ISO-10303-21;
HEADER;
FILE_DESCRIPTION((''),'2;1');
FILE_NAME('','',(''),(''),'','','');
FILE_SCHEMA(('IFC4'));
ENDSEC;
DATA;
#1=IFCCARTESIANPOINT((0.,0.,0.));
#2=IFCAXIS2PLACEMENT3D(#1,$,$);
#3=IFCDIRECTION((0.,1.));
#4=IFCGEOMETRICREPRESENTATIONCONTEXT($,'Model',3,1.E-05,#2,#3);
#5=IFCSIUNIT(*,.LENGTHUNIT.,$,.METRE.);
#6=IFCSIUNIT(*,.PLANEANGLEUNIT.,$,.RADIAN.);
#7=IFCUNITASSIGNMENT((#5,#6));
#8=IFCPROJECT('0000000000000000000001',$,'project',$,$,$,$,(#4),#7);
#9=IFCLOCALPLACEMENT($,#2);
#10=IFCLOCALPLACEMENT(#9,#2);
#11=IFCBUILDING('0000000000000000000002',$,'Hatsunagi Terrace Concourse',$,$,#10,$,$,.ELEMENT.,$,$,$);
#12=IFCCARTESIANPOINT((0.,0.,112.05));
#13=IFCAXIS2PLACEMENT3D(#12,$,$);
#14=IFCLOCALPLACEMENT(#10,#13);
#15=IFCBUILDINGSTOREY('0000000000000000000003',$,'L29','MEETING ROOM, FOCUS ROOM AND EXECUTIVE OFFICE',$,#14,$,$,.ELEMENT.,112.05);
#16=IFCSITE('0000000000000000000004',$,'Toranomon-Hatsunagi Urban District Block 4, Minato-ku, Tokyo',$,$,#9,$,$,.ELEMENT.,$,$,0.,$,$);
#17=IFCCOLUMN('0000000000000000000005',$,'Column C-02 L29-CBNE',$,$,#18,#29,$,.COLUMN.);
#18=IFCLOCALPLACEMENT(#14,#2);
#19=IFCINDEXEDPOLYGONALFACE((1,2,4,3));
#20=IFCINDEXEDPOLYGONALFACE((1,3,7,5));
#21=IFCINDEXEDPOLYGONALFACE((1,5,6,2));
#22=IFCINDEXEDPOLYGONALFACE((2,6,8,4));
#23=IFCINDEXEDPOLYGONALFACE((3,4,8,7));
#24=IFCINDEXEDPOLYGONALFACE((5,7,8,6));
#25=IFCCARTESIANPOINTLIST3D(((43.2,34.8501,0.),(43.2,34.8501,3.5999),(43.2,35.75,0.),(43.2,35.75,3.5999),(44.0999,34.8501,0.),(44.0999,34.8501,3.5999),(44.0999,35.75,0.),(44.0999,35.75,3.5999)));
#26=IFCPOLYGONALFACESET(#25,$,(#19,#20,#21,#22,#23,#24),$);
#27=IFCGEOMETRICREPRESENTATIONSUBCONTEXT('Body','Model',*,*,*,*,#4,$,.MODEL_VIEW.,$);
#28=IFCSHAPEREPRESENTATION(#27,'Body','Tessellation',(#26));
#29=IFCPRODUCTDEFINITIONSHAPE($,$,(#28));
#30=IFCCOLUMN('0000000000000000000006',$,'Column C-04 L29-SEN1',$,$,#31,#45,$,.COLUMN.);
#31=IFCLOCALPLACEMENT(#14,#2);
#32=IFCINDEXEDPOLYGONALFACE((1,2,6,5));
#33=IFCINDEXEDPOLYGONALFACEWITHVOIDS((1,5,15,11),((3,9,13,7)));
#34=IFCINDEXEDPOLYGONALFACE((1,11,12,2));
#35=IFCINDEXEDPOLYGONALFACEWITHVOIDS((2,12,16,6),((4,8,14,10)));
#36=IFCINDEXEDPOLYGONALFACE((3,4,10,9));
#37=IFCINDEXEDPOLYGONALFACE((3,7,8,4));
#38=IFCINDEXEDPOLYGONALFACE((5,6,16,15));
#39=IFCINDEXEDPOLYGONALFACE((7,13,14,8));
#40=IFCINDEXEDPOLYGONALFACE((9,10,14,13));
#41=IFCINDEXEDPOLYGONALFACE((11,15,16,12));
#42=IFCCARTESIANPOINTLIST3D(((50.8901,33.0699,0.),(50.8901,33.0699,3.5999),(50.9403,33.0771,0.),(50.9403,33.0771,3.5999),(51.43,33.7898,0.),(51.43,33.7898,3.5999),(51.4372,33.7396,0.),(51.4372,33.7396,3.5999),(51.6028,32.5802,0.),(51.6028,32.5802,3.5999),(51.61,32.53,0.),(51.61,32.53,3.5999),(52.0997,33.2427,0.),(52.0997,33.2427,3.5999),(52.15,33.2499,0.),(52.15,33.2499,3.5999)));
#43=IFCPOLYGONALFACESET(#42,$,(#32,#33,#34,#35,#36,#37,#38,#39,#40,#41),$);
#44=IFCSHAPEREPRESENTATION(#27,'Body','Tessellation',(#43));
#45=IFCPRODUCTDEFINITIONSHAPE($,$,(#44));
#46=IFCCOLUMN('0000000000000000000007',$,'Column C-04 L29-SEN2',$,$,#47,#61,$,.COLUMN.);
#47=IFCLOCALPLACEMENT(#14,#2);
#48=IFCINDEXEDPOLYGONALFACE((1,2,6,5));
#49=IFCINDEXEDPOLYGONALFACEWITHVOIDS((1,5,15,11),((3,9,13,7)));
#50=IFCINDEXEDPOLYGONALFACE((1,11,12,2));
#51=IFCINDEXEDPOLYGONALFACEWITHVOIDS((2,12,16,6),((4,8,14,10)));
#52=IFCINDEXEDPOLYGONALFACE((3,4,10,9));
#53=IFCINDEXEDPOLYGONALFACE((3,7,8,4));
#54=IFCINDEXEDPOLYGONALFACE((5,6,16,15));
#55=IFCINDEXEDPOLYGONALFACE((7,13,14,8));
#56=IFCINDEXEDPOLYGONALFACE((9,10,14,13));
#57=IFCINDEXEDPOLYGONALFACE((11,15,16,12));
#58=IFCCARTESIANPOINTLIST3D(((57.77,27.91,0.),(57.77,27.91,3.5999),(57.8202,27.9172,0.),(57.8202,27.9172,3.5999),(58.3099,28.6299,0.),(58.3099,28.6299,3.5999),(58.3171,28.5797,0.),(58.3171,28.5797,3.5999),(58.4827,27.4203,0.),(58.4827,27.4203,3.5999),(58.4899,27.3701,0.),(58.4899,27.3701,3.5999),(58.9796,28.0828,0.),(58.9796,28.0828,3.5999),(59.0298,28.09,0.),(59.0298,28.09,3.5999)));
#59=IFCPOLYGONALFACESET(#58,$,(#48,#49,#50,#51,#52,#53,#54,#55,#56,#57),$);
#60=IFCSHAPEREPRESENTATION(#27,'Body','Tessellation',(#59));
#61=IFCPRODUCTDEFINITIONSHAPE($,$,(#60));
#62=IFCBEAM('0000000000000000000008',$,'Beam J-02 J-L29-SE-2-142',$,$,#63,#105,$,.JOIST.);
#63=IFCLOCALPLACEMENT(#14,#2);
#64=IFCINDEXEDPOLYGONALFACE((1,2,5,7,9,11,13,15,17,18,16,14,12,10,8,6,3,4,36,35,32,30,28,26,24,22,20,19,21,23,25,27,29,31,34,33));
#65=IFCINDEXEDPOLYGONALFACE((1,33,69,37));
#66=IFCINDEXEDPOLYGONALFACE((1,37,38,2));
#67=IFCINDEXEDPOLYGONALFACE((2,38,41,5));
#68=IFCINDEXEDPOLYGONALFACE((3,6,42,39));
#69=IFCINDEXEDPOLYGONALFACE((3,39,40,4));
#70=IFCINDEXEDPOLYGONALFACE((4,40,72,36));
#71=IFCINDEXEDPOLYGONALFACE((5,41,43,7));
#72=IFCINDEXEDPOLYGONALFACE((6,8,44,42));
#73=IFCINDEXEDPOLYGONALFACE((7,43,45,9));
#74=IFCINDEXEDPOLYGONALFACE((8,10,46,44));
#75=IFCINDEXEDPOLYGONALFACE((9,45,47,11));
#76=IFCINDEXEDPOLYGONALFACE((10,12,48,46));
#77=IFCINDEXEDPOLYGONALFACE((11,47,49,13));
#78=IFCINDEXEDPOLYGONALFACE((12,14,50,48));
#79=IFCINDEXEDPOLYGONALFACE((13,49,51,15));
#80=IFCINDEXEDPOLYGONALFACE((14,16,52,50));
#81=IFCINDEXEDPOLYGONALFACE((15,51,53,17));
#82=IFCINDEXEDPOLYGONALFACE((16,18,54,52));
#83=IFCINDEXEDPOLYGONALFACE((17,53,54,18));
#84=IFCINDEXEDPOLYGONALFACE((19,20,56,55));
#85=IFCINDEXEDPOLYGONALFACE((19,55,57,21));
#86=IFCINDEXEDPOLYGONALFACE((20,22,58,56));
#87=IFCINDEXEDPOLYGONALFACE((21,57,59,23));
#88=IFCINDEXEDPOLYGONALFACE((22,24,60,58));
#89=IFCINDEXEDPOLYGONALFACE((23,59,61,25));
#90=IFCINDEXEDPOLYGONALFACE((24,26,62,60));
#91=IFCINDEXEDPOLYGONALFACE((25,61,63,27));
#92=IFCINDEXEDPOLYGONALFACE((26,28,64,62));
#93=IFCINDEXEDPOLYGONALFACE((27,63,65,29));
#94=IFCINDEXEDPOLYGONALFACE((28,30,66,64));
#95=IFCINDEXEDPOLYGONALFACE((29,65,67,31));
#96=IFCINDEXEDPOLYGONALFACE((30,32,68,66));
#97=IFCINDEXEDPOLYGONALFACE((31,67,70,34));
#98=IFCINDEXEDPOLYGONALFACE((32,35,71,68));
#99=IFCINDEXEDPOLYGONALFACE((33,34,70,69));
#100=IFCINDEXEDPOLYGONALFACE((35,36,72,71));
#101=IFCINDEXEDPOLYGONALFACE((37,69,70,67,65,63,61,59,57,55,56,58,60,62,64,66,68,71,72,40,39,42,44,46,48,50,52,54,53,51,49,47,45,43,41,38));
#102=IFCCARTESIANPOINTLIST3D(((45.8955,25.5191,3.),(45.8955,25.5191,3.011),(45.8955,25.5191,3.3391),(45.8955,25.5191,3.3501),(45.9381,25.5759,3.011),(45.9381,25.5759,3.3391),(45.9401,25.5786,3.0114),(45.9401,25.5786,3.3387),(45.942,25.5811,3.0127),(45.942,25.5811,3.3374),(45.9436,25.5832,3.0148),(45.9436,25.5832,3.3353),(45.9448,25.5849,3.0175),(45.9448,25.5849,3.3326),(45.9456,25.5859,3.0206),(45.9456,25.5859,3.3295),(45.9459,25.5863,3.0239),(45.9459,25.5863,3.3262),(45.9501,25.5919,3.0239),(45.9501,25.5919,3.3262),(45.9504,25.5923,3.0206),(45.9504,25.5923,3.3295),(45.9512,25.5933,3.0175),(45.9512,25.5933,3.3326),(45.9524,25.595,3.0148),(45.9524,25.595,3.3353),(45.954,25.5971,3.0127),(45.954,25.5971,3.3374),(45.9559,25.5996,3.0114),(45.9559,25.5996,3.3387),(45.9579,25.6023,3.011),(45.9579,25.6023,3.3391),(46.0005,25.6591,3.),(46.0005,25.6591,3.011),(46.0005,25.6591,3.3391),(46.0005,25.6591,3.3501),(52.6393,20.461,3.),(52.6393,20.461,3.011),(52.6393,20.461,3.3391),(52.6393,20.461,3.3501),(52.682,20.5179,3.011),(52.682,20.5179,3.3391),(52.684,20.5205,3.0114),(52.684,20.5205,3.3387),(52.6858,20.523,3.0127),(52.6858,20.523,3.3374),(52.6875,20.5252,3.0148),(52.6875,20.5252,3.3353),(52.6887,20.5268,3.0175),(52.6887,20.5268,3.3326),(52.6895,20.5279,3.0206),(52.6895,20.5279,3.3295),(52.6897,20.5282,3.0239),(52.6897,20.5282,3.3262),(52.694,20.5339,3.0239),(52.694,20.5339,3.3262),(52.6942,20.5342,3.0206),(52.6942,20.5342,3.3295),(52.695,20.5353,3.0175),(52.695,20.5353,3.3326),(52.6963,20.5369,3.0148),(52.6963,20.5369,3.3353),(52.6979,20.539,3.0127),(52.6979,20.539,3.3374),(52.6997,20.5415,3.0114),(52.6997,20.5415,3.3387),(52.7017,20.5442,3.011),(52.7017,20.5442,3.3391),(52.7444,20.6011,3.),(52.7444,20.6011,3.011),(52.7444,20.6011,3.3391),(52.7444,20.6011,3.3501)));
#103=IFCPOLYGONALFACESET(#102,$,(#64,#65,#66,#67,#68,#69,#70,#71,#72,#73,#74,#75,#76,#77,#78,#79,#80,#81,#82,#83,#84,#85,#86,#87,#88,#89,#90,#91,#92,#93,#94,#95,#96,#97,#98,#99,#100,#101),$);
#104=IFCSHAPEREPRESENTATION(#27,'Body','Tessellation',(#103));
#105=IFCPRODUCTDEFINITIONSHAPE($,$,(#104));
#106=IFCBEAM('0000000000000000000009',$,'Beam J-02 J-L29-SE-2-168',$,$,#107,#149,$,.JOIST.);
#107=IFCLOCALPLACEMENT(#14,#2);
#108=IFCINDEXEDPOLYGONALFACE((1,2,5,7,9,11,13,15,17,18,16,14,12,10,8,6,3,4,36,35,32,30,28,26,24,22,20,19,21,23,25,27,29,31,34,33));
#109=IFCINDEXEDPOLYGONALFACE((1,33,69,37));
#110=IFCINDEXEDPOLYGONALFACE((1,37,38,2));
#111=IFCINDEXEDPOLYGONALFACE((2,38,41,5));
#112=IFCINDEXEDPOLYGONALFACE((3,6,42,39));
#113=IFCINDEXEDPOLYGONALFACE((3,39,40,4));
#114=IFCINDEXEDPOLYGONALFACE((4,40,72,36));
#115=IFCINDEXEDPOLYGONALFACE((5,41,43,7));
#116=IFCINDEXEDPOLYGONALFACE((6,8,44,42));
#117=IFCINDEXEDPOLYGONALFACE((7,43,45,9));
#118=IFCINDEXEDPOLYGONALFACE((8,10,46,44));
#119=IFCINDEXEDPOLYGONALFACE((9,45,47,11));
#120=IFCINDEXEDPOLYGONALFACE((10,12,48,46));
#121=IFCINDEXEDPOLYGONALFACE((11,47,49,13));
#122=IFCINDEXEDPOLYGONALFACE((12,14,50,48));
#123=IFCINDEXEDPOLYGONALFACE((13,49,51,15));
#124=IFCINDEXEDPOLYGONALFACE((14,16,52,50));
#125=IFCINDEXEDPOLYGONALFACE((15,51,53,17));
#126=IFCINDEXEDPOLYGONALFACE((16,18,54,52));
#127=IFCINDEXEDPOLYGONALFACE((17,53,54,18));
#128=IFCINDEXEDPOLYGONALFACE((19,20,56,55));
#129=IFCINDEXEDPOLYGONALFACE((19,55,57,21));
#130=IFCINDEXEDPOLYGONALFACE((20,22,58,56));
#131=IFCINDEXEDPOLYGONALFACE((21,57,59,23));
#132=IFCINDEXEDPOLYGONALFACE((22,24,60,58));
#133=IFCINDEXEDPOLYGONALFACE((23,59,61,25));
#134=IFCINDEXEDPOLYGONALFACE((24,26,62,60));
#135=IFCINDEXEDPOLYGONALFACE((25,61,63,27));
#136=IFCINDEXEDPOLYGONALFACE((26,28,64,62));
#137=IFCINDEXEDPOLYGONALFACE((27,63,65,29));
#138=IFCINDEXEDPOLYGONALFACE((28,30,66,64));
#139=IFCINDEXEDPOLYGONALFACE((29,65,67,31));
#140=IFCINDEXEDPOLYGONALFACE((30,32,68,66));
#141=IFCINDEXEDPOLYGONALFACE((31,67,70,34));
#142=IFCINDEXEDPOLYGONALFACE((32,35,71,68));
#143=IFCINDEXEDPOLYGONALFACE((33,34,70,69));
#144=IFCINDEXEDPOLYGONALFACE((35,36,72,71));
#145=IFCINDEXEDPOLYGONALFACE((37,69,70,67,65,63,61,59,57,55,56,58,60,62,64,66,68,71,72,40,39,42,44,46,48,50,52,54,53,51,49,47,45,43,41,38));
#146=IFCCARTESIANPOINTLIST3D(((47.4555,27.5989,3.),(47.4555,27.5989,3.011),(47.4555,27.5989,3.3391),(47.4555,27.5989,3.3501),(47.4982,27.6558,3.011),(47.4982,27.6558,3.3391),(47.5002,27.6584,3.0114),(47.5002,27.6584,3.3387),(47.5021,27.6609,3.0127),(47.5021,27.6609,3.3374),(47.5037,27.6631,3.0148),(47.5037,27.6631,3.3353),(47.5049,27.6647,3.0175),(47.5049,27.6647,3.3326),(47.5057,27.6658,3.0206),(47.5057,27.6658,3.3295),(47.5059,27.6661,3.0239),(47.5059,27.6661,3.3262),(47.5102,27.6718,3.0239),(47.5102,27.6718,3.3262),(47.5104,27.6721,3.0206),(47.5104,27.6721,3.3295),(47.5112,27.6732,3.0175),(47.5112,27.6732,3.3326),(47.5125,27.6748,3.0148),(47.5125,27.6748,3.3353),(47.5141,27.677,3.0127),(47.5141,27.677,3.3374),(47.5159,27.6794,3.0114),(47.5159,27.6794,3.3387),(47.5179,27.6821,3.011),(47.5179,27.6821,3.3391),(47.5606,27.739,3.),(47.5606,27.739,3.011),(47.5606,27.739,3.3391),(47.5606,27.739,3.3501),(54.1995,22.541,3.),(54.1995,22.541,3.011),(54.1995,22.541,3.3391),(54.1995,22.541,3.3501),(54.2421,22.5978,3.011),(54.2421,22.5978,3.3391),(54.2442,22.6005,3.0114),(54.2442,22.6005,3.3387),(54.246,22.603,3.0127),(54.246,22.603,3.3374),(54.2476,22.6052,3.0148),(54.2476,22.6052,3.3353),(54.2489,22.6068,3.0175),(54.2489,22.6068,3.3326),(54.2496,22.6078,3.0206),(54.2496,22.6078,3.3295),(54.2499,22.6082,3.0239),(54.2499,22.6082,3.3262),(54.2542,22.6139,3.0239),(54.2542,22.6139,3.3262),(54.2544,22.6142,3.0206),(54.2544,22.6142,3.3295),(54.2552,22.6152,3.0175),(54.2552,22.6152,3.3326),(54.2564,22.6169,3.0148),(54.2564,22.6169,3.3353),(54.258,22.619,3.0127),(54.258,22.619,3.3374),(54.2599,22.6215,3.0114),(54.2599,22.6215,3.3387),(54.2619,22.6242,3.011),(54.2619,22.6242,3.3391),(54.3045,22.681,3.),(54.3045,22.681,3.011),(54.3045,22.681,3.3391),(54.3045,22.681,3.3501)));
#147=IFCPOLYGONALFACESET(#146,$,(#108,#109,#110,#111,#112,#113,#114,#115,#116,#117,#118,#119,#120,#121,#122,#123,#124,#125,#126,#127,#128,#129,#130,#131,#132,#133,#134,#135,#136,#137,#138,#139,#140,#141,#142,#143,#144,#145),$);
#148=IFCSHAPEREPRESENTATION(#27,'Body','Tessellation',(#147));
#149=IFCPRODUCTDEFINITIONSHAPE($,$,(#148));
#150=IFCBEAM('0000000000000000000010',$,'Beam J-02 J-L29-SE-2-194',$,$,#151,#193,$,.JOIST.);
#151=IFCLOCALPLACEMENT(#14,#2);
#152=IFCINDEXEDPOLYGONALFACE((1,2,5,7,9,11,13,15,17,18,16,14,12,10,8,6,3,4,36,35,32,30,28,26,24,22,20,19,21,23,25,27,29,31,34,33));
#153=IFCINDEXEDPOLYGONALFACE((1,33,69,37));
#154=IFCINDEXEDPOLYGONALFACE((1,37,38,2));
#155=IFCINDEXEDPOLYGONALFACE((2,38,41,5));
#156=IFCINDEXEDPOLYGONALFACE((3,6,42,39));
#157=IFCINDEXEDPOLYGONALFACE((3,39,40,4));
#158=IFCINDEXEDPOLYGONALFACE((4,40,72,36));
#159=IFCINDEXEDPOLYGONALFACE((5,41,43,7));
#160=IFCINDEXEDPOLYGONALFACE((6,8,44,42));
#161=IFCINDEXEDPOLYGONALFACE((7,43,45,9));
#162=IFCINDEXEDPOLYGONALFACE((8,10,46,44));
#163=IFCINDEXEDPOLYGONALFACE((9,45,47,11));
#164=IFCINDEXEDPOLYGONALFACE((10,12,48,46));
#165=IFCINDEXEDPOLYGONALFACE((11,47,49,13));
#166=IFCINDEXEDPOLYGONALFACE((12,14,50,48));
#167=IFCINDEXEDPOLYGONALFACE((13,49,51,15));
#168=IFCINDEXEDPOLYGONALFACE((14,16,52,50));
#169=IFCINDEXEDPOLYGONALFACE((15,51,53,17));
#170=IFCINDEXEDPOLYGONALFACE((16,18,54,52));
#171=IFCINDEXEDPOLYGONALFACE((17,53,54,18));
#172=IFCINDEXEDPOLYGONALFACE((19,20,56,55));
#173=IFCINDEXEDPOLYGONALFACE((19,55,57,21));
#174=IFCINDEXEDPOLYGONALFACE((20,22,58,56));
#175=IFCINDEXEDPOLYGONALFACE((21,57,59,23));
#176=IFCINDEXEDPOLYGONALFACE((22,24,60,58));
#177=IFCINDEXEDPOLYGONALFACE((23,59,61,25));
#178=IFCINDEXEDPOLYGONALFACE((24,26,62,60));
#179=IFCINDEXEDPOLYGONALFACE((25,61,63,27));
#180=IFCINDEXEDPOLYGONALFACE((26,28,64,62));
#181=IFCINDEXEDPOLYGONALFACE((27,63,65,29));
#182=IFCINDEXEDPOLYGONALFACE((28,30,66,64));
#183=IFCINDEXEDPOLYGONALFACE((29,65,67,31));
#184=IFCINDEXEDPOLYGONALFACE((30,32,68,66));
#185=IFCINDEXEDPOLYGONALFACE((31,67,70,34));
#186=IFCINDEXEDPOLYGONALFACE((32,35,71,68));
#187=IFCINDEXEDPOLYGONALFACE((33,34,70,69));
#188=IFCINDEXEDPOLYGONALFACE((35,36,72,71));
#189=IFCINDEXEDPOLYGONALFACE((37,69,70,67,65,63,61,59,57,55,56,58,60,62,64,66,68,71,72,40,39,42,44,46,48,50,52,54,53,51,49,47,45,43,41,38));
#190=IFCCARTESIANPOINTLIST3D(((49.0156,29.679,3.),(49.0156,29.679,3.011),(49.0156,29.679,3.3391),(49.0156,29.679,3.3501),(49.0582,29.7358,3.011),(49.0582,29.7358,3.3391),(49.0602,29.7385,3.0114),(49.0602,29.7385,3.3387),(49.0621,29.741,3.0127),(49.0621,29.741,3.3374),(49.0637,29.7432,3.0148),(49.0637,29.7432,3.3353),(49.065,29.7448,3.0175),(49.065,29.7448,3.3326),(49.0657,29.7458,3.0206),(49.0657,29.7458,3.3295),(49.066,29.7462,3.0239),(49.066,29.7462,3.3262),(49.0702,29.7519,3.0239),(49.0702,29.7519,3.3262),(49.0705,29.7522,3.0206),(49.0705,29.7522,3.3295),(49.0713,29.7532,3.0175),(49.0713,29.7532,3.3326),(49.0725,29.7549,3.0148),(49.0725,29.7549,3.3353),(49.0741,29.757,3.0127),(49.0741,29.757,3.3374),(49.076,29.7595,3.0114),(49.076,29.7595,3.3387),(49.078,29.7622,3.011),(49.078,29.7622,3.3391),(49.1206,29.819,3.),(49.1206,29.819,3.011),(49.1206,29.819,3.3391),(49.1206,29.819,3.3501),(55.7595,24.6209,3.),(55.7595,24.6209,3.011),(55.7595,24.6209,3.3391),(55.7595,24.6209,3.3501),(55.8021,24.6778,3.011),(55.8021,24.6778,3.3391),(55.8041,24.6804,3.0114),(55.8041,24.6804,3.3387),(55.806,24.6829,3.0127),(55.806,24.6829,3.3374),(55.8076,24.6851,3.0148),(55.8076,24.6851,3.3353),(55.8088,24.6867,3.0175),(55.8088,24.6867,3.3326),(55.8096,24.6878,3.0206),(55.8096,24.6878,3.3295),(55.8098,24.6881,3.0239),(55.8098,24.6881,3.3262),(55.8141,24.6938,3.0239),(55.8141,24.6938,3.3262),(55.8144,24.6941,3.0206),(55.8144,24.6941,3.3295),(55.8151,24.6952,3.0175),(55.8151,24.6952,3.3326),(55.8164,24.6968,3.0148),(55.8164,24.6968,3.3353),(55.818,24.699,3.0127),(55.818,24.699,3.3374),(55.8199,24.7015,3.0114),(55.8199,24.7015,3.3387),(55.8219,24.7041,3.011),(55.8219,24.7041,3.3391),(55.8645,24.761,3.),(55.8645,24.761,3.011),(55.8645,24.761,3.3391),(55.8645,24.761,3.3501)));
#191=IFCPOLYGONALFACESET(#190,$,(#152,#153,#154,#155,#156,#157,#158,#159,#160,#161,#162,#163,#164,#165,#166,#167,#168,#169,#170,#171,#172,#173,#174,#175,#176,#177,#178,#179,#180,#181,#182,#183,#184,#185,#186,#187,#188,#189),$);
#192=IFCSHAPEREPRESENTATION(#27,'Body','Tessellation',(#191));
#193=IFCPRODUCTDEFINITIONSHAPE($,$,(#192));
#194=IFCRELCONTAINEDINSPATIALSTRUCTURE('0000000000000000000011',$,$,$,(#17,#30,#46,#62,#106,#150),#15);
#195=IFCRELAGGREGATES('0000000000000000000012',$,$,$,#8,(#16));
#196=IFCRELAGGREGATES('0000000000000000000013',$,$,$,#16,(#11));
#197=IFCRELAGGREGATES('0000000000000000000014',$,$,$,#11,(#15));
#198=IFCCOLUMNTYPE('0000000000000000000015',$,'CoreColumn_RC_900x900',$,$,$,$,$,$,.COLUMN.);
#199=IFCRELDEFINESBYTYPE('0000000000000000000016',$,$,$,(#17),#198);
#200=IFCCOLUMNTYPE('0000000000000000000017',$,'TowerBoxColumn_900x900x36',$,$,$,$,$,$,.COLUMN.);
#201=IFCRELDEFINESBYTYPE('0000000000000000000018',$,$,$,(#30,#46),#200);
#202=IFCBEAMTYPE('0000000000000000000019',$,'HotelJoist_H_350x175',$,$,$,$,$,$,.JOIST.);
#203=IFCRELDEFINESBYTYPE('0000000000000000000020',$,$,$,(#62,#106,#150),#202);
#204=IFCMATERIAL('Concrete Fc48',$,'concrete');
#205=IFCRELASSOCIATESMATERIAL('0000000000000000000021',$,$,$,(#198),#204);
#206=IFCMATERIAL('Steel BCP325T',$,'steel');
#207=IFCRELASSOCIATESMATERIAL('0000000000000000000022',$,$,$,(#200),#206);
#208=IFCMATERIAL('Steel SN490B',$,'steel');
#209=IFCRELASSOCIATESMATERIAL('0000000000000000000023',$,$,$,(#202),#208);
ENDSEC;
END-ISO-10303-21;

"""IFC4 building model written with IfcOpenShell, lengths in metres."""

from ifc_helpers import new_model, si_unit, direction, frame, origin, origin_2d, place, context, subcontext, project, spatial, rectangle, hollow_rectangle, i_section, extrude, material, material_profile, profile_set, type_object, element, save


model = new_model("IFC4")

# Units and contexts
model_context = context("Model", 3, precision=1e-05, world=origin(), true_north=direction((0.0, 1.0)))
body_context = subcontext(model_context, "Body", "Model", "MODEL_VIEW")
ifc_project = project(units=[si_unit("LENGTHUNIT", "METRE"), si_unit("PLANEANGLEUNIT", "RADIAN")], contexts=[model_context])

# Site, building, storey
site_placement = place(None, origin())
site = spatial("IfcSite", under=ifc_project, at=site_placement, Name="Toranomon-Hatsunagi Urban District Block 4, Minato-ku, Tokyo", CompositionType="ELEMENT", RefElevation=0.0)
building_placement = place(site_placement, origin())
building = spatial("IfcBuilding", under=site, at=building_placement, Name="Hatsunagi Terrace Concourse", CompositionType="ELEMENT")
storey_placement = place(building_placement, frame((0.0, 0.0, 112.05)))
storey = spatial("IfcBuildingStorey", under=building, at=storey_placement, Name="L29", Description="MEETING ROOM, FOCUS ROOM AND EXECUTIVE OFFICE", CompositionType="ELEMENT", Elevation=112.05)

# Columns
ifc_material_1 = material(Name="Concrete Fc48", Category="concrete")
ifc_material_profile_1 = material_profile(ifc_material_1, rectangle(XDim=0.8999, YDim=0.8999, at=origin_2d()), Name="RC-900x900")
ifc_profile_set_1 = profile_set([ifc_material_profile_1], Name="Concrete Fc48")
column_type_1 = type_object("IfcColumnType", Name="CoreColumn_RC_900x900", PredefinedType="COLUMN", material=ifc_profile_set_1)
column_placement = place(storey_placement, frame((43.6499, 35.3, 0.0), z_axis=(0.0, 0.0, 1.0), x_axis=(1.0, 0.0, 0.0)))
element("IfcColumn", 1, at=column_placement, inside=storey, type_object=column_type_1, Name="Column C-02 L29-CBNE", PredefinedType="COLUMN", context=body_context, shape_type="SweptSolid", body=[
    extrude(rectangle(XDim=0.8999, YDim=0.8999, at=origin_2d()), origin(), (0.0, 0.0, 1.0), 3.5999),
])
ifc_material_2 = material(Name="Steel BCP325T", Category="steel")
ifc_material_profile_2 = material_profile(ifc_material_2, hollow_rectangle(XDim=0.8999, YDim=0.8999, WallThickness=0.0359, at=origin_2d()), Name="BCP-900x900x36")
ifc_profile_set_2 = profile_set([ifc_material_profile_2], Name="Steel BCP325T")
column_type_2 = type_object("IfcColumnType", Name="TowerBoxColumn_900x900x36", PredefinedType="COLUMN", material=ifc_profile_set_2)
for number, where, z_axis, x_axis, name in (
    (2, (51.52, 33.1599, 0.0), (0.0, 0.0, 1.0), (0.8, -0.6, 0.0), "Column C-04 L29-SEN1"),
    (3, (58.3999, 28.0, 0.0), (0.0, 0.0, 1.0), (0.8, -0.6, 0.0), "Column C-04 L29-SEN2"),
):
    element("IfcColumn", number, at=place(storey_placement, frame(where, z_axis=z_axis, x_axis=x_axis)), inside=storey, type_object=column_type_2, Name=name, PredefinedType="COLUMN", context=body_context, shape_type="SweptSolid", body=[
        extrude(hollow_rectangle(XDim=0.8999, YDim=0.8999, WallThickness=0.0359, at=origin_2d()), origin(), (0.0, 0.0, 1.0), 3.5999),
    ])

# Beams
ifc_material_3 = material(Name="Steel SN490B", Category="steel")
ifc_material_profile_3 = material_profile(ifc_material_3, i_section(OverallWidth=0.175, OverallDepth=0.3501, WebThickness=0.0071, FlangeThickness=0.011, FilletRadius=0.0129, at=origin_2d()), Name="H-350x175x7x11")
ifc_profile_set_3 = profile_set([ifc_material_profile_3], Name="Steel SN490B")
beam_type_1 = type_object("IfcBeamType", Name="HotelJoist_H_350x175", PredefinedType="JOIST", material=ifc_profile_set_3)
for number, where, z_axis, x_axis, name in (
    (4, (45.948, 25.5891, 3.175), (0.79999, -0.600014, 0.0), (0.600014, 0.79999, 0.0), "Beam J-02 J-L29-SE-2-142"),
    (5, (47.5081, 27.6689, 3.175), (0.800003, -0.599995, 0.0), (0.599995, 0.800003, 0.0), "Beam J-02 J-L29-SE-2-168"),
    (6, (49.0681, 29.749, 3.175), (0.79999, -0.600014, 0.0), (0.600014, 0.79999, 0.0), "Beam J-02 J-L29-SE-2-194"),
):
    element("IfcBeam", number, at=place(storey_placement, frame(where, z_axis=z_axis, x_axis=x_axis)), inside=storey, type_object=beam_type_1, Name=name, PredefinedType="JOIST", context=body_context, shape_type="SweptSolid", body=[
        extrude(i_section(OverallWidth=0.175, OverallDepth=0.3501, WebThickness=0.0071, FlangeThickness=0.011, FilletRadius=0.0129, at=origin_2d()), origin(), (0.0, 0.0, 1.0), 8.4299),
    ])

save(model, "model.ifc")
